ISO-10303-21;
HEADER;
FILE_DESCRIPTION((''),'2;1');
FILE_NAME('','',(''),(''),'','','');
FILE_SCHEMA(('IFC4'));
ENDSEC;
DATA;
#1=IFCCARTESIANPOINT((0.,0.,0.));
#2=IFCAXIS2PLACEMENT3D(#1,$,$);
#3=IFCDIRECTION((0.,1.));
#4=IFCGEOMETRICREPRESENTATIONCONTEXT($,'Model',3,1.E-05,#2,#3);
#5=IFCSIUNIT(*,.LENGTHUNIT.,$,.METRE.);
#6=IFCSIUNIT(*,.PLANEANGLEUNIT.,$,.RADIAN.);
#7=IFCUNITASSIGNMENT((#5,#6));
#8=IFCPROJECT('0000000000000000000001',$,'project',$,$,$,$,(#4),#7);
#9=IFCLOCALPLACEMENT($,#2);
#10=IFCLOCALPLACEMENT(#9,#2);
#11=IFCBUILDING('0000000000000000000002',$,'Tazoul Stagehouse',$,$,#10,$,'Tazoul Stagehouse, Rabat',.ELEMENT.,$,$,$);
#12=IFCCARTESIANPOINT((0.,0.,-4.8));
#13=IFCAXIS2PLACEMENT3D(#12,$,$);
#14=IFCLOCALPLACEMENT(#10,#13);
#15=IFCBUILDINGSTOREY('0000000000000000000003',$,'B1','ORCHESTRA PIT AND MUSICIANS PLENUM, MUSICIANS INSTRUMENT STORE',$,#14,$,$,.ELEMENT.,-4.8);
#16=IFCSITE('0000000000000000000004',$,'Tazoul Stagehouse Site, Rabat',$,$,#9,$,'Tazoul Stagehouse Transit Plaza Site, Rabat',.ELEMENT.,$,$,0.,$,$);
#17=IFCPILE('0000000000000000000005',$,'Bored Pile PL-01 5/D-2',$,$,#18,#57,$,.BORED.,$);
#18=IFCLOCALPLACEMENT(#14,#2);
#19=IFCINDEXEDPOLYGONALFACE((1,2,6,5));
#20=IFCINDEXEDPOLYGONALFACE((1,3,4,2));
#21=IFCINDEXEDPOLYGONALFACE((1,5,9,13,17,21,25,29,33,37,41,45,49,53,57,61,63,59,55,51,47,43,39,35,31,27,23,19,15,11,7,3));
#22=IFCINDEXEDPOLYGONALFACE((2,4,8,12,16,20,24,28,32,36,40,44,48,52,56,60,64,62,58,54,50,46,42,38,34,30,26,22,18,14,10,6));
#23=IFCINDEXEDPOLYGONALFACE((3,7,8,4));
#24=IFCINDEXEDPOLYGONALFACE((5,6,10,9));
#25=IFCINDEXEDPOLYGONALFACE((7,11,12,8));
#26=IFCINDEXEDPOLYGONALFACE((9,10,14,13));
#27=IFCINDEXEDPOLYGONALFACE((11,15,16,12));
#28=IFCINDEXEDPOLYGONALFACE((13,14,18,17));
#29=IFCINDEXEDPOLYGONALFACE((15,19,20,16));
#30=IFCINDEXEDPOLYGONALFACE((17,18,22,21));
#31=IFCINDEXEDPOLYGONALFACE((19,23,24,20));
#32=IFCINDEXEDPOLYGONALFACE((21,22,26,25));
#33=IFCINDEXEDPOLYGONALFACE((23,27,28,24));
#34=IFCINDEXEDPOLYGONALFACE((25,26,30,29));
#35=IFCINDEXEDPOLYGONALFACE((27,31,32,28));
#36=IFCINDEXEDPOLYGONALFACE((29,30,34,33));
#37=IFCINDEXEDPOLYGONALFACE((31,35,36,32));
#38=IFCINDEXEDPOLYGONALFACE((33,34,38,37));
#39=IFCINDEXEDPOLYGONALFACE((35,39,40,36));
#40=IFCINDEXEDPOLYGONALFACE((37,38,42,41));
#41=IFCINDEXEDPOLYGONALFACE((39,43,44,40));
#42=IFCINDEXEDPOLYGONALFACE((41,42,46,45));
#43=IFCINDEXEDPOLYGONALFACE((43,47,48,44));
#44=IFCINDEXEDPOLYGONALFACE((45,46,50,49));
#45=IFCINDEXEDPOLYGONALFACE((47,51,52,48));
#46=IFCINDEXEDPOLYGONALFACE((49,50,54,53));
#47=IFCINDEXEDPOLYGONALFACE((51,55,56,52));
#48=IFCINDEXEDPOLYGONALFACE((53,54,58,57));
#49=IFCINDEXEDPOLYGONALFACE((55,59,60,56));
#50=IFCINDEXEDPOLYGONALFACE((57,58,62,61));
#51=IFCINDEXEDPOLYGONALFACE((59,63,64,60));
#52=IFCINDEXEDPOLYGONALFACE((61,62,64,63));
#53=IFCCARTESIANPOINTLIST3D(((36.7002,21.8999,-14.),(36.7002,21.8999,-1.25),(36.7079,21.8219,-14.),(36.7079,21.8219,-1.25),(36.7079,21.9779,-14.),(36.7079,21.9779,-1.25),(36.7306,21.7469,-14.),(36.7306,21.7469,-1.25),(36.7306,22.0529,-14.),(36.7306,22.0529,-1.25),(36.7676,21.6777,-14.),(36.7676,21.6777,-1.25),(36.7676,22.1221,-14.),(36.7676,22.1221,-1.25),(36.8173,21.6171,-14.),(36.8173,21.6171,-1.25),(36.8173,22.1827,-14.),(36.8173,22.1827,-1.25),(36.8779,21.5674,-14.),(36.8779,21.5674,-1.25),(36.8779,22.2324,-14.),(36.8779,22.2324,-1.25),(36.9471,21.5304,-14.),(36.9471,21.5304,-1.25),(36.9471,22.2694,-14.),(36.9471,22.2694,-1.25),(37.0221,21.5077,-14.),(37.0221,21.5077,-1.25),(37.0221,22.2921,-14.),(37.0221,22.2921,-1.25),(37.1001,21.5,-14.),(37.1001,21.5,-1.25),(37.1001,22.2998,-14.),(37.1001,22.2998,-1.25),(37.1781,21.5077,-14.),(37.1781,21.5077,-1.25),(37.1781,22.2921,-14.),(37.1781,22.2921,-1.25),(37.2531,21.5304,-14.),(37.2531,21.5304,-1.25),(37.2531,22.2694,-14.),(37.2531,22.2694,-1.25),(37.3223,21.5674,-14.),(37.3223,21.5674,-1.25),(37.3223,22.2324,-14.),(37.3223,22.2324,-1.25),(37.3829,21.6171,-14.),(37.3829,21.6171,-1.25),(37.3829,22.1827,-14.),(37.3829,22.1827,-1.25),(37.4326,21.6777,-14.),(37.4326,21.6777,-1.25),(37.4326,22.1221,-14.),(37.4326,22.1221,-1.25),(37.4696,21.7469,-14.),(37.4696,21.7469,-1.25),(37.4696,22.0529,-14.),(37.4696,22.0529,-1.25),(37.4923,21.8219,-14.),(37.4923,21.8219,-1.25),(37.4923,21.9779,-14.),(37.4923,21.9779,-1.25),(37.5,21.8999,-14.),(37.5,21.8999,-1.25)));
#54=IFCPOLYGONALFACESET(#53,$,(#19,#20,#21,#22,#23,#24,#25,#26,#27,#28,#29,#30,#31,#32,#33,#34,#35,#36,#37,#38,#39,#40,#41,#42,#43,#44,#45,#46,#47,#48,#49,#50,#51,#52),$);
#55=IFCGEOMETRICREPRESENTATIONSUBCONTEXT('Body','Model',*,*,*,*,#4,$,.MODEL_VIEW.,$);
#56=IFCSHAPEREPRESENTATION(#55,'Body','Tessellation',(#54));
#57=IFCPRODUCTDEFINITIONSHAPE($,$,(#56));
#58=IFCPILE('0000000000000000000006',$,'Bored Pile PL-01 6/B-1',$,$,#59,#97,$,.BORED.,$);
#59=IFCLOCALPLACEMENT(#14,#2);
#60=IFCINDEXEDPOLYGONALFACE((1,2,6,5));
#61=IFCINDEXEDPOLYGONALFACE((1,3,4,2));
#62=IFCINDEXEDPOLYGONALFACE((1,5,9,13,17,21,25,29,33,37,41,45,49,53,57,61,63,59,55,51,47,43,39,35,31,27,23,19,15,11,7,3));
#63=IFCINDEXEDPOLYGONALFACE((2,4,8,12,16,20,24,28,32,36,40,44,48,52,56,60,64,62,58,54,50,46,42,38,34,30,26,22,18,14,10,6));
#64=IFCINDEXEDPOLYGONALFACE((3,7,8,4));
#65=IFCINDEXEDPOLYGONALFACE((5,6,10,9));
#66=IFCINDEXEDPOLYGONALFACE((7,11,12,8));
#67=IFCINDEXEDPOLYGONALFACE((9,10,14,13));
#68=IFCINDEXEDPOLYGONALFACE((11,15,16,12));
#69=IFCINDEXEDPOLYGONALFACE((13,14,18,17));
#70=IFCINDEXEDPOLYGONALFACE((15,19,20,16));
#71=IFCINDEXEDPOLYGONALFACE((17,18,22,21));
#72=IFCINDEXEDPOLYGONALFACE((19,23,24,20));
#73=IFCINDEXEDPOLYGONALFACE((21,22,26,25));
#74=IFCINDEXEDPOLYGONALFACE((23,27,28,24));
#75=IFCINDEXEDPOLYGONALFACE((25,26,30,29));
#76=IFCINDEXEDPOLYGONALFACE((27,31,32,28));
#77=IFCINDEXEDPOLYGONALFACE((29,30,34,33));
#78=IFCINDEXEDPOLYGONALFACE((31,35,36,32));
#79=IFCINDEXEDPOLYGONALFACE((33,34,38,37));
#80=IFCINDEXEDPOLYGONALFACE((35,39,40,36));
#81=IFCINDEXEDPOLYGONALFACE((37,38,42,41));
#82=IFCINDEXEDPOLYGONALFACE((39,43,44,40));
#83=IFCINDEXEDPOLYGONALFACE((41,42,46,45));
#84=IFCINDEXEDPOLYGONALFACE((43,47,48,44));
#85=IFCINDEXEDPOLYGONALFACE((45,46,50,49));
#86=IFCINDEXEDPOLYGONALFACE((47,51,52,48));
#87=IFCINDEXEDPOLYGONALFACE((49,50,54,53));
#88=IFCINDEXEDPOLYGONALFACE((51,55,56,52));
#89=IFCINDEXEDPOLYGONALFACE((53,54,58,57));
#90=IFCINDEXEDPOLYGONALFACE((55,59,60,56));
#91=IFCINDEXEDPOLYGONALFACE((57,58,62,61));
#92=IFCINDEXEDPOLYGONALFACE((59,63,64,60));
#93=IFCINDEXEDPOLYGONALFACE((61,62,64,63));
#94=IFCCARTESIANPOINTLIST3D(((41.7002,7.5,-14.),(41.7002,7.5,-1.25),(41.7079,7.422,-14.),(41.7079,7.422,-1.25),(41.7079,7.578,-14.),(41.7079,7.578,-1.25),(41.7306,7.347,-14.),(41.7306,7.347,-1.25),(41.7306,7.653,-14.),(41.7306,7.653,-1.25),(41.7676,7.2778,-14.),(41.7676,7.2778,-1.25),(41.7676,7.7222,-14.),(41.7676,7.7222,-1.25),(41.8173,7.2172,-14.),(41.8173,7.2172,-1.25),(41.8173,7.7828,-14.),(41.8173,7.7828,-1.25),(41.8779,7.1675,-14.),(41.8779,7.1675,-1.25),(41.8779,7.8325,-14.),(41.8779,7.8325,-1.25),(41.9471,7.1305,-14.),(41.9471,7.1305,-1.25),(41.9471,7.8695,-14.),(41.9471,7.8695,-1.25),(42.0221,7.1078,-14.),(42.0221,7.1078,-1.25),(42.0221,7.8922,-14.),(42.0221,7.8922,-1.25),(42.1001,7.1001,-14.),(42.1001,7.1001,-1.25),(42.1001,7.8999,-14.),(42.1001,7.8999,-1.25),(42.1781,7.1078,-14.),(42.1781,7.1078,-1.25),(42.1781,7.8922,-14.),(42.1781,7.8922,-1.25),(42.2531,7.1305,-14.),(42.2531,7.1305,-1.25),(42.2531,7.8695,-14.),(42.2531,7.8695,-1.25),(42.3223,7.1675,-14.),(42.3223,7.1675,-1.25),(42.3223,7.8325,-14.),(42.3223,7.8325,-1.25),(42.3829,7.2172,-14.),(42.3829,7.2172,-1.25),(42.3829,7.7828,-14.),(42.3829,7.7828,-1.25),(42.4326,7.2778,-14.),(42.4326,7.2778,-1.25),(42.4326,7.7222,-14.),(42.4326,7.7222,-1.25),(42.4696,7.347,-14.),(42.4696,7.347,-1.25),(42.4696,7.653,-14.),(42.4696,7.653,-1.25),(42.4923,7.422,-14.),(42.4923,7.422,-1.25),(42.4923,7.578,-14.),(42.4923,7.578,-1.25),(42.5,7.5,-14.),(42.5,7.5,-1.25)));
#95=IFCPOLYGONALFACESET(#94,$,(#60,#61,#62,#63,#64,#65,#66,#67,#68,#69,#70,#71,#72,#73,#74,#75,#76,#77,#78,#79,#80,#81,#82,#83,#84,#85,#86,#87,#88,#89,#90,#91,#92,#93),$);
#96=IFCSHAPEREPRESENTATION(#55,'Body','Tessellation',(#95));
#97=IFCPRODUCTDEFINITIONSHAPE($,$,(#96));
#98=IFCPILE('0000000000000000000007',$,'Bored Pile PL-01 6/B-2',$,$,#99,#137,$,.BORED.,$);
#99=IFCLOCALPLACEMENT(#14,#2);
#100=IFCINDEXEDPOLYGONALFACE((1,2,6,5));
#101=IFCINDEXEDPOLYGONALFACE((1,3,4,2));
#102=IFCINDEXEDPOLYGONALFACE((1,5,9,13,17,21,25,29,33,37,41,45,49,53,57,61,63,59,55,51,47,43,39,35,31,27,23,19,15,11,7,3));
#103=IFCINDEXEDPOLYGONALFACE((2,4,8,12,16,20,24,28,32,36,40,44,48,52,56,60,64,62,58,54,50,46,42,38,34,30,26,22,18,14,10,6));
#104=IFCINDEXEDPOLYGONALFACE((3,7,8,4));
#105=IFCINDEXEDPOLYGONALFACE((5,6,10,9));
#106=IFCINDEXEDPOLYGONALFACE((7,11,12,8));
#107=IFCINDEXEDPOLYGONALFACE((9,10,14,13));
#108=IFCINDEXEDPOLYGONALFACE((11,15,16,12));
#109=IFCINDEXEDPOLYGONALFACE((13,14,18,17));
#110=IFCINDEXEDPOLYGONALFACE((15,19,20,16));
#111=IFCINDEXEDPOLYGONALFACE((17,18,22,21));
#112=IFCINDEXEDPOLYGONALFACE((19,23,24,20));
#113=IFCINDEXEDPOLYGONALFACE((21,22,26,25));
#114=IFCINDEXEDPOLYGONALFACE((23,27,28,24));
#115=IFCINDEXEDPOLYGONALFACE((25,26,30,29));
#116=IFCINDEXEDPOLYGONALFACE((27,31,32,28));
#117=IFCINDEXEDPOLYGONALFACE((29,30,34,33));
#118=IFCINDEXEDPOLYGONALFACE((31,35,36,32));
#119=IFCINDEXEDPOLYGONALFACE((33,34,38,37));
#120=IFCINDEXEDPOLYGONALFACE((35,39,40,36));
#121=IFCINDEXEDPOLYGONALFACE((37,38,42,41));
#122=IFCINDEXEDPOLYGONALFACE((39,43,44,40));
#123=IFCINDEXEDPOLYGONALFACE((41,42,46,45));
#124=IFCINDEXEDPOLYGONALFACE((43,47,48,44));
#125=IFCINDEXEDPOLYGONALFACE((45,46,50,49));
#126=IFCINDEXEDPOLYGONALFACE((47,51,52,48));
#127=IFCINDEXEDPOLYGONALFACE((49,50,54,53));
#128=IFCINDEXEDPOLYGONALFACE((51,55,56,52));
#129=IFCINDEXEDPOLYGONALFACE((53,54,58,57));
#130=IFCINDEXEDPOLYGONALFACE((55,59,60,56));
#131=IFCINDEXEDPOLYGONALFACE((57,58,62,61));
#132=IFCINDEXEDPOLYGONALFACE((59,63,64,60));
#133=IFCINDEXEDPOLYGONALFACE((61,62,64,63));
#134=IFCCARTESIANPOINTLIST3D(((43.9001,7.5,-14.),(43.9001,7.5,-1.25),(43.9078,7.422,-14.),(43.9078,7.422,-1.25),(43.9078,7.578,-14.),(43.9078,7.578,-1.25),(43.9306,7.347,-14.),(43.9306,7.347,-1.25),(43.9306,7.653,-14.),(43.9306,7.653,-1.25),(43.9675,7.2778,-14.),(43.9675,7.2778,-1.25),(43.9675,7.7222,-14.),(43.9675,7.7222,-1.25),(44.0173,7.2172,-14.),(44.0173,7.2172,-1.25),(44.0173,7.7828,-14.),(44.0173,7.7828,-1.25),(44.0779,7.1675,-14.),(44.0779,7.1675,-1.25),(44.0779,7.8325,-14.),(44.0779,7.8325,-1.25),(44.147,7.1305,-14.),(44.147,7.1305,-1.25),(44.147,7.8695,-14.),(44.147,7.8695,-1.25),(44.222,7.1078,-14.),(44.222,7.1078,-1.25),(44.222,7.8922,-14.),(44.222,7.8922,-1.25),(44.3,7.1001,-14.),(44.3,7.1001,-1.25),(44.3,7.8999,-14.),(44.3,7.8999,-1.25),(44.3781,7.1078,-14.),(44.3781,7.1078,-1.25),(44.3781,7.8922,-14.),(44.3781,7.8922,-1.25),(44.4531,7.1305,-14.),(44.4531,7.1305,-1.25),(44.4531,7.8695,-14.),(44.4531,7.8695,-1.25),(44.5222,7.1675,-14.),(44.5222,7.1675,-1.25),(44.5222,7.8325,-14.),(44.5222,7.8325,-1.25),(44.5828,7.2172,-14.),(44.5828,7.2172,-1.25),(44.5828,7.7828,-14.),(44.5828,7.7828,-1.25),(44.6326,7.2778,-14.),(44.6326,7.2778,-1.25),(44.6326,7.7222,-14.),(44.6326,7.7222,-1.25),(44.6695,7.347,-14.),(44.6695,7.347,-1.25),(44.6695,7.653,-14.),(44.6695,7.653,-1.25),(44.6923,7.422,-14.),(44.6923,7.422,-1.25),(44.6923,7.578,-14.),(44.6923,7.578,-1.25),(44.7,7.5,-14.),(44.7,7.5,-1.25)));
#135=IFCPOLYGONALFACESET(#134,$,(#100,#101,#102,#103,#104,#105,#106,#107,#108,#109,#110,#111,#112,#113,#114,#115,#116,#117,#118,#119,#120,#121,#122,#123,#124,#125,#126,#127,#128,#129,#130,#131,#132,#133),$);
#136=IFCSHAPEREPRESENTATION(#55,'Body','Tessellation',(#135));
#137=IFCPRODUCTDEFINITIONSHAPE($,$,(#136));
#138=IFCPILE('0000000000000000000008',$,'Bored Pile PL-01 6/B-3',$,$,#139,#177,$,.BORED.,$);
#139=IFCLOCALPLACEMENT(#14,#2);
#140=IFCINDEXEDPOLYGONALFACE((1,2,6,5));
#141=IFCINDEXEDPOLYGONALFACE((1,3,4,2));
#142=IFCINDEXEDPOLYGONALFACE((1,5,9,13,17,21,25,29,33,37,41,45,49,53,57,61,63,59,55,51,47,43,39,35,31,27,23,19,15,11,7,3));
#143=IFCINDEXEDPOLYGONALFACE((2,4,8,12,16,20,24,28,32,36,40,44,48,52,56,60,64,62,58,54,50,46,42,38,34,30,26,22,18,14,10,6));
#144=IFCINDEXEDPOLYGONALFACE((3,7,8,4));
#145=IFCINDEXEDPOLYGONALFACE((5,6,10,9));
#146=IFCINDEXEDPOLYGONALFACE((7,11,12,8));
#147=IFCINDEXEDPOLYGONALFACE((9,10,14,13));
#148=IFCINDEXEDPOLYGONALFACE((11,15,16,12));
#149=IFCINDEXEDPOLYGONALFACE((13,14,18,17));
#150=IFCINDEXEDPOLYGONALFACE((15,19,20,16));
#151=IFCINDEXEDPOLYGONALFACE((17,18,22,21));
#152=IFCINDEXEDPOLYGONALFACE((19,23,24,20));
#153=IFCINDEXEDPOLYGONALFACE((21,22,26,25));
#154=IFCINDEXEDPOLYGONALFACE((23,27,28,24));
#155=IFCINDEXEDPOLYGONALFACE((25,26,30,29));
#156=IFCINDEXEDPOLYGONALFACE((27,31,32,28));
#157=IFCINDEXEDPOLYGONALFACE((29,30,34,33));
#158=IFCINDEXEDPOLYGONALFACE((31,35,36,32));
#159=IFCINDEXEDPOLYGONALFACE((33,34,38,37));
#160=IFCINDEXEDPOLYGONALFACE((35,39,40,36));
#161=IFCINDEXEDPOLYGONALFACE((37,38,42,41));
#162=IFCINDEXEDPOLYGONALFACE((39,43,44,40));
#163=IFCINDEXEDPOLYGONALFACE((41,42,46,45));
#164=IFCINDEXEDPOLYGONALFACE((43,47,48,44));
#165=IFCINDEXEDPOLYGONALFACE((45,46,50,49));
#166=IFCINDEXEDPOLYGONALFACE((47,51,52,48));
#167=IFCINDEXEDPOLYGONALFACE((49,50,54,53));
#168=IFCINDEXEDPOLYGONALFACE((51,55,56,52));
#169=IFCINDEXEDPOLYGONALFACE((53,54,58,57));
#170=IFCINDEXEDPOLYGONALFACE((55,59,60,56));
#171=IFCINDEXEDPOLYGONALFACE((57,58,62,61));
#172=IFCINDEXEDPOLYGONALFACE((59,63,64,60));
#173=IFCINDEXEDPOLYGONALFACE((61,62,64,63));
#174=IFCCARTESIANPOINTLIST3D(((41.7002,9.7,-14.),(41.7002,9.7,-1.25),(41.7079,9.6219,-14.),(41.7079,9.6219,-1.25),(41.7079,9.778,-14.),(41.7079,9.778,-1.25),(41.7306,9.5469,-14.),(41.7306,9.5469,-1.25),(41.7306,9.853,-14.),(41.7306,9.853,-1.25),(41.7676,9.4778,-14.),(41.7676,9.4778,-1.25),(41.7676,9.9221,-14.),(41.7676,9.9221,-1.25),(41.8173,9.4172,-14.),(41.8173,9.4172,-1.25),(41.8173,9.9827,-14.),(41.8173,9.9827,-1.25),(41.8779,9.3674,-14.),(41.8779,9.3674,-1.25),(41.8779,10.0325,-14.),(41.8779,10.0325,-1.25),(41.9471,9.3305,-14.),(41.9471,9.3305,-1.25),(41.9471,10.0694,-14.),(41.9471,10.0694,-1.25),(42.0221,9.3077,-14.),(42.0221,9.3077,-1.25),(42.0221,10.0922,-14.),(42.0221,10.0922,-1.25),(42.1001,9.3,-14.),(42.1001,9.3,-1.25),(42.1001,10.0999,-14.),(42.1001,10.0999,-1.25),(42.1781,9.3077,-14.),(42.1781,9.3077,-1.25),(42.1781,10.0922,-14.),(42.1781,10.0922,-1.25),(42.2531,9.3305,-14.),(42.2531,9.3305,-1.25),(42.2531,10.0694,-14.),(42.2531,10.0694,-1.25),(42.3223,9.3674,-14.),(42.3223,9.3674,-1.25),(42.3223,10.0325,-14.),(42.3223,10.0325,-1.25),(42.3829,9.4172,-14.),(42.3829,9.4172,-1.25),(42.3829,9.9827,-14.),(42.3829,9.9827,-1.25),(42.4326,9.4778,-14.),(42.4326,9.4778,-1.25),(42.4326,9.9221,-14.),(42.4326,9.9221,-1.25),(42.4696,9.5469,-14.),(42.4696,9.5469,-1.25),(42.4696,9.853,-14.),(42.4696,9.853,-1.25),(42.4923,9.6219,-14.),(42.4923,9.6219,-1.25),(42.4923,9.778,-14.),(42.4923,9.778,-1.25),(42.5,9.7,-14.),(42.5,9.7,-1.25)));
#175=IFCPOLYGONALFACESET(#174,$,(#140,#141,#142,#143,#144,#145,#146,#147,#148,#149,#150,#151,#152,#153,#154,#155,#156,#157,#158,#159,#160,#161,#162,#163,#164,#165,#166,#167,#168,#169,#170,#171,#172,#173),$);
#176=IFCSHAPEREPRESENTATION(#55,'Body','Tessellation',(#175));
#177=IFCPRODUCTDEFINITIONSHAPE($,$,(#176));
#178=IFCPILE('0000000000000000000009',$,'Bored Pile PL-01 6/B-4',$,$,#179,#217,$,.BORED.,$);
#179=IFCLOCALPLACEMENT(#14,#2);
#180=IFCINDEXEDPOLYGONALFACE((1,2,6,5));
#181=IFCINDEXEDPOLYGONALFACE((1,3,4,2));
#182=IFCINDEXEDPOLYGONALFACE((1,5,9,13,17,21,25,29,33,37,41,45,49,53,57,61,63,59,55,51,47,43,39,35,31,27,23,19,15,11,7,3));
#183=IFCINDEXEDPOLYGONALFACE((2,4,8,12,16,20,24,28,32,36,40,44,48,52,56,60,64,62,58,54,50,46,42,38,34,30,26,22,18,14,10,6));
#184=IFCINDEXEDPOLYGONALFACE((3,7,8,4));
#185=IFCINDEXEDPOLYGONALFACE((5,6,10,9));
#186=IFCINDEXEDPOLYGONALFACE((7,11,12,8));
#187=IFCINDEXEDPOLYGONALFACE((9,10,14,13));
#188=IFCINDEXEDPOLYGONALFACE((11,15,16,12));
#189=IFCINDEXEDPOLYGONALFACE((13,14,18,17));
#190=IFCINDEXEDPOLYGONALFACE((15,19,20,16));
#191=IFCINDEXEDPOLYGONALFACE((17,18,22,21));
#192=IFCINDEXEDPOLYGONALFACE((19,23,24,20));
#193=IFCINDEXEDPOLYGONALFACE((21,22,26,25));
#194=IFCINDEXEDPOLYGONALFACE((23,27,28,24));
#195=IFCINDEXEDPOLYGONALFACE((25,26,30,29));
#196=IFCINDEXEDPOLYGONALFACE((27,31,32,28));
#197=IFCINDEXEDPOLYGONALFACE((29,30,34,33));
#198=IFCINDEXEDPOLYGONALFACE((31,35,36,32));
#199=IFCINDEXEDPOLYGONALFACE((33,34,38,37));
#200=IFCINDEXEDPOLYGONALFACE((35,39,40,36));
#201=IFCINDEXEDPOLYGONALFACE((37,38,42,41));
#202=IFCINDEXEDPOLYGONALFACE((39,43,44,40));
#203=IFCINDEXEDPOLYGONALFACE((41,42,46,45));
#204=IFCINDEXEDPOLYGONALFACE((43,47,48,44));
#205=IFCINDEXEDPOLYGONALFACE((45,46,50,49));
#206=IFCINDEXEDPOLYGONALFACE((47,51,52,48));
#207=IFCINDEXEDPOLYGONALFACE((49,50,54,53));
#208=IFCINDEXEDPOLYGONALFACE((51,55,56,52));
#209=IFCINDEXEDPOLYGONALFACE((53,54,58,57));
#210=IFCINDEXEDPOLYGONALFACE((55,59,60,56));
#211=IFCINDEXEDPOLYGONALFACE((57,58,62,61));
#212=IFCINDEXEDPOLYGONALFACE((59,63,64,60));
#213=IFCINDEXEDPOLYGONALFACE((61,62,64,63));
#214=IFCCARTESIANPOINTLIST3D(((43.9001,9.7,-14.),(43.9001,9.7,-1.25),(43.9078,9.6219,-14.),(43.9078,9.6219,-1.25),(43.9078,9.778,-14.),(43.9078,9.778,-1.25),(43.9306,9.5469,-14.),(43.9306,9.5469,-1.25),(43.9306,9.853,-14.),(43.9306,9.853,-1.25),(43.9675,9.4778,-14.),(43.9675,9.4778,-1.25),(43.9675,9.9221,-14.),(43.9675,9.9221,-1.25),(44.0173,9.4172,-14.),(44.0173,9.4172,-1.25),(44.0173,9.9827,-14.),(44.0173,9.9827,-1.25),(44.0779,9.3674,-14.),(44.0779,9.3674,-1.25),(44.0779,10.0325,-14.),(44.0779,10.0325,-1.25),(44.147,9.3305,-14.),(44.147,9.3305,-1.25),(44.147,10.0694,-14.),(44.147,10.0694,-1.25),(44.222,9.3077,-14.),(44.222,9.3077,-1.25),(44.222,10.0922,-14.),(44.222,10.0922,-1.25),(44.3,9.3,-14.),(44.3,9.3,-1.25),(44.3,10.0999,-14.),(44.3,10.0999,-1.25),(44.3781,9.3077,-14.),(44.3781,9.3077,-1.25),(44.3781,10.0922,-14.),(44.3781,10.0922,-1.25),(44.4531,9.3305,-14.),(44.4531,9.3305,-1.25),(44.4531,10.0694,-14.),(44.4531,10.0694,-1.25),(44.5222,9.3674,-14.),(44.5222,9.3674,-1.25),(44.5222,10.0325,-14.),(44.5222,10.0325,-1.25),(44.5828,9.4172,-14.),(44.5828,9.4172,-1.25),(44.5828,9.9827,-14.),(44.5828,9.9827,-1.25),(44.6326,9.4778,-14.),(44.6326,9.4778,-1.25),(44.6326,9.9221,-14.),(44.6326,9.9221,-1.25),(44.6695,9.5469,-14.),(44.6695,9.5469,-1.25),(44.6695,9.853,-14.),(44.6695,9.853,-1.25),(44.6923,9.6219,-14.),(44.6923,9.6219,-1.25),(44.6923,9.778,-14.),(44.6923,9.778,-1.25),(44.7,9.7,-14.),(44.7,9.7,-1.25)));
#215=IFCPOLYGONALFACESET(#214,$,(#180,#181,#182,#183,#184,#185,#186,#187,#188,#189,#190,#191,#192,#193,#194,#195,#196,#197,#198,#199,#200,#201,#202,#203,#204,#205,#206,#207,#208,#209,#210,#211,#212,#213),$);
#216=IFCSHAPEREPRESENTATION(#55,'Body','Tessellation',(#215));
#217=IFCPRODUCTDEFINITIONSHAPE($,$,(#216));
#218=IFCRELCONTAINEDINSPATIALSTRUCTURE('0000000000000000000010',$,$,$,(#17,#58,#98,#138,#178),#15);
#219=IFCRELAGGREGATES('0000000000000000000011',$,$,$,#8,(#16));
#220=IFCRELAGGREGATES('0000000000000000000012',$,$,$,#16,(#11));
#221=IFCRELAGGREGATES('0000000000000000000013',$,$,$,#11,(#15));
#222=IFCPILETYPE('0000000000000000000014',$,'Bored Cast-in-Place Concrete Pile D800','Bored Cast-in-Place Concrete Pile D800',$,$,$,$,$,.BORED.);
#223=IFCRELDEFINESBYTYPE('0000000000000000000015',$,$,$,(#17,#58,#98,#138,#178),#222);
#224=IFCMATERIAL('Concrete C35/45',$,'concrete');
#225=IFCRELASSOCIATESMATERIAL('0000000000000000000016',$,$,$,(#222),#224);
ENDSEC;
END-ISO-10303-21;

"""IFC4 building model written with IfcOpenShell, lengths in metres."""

from ifc_helpers import new_model, si_unit, direction, frame, origin, origin_2d, place, context, subcontext, project, spatial, circle, extrude, material, material_profile, profile_set, type_object, element, save


model = new_model("IFC4")

# Units and contexts
model_context = context("Model", 3, precision=1e-05, world=origin(), true_north=direction((0.0, 1.0)))
body_context = subcontext(model_context, "Body", "Model", "MODEL_VIEW")
ifc_project = project(units=[si_unit("LENGTHUNIT", "METRE"), si_unit("PLANEANGLEUNIT", "RADIAN")], contexts=[model_context])

# Site, building, storey
site_placement = place(None, origin())
site = spatial("IfcSite", under=ifc_project, at=site_placement, Name="Tazoul Stagehouse Site, Rabat", LongName="Tazoul Stagehouse Transit Plaza Site, Rabat", CompositionType="ELEMENT", RefElevation=0.0)
building_placement = place(site_placement, origin())
building = spatial("IfcBuilding", under=site, at=building_placement, Name="Tazoul Stagehouse", LongName="Tazoul Stagehouse, Rabat", CompositionType="ELEMENT")
storey_placement = place(building_placement, frame((0.0, 0.0, -4.8)))
storey = spatial("IfcBuildingStorey", under=building, at=storey_placement, Name="B1", Description="ORCHESTRA PIT AND MUSICIANS PLENUM, MUSICIANS INSTRUMENT STORE", CompositionType="ELEMENT", Elevation=-4.8)

# Piles
ifc_material_1 = material(Name="Concrete C35/45", Category="concrete")
ifc_material_profile_1 = material_profile(ifc_material_1, circle(Radius=0.3999, at=origin_2d()), Name="BORED PILE 800")
ifc_profile_set_1 = profile_set([ifc_material_profile_1], Name="Concrete C35/45")
pile_type = type_object("IfcPileType", Name="Bored Cast-in-Place Concrete Pile D800", Description="Bored Cast-in-Place Concrete Pile D800", PredefinedType="BORED", material=ifc_profile_set_1)
for number, where, z_axis, x_axis, name in (
    (1, (37.1001, 21.8999, -1.25), (0.0, 0.0, -1.0), (1.0, 0.0, 0.0), "Bored Pile PL-01 5/D-2"),
    (2, (42.1001, 7.5, -1.25), (0.0, 0.0, -1.0), (1.0, 0.0, 0.0), "Bored Pile PL-01 6/B-1"),
    (3, (44.3, 7.5, -1.25), (0.0, 0.0, -1.0), (1.0, 0.0, 0.0), "Bored Pile PL-01 6/B-2"),
    (4, (42.1001, 9.7, -1.25), (0.0, 0.0, -1.0), (1.0, 0.0, 0.0), "Bored Pile PL-01 6/B-3"),
    (5, (44.3, 9.7, -1.25), (0.0, 0.0, -1.0), (1.0, 0.0, 0.0), "Bored Pile PL-01 6/B-4"),
):
    element("IfcPile", number, at=place(storey_placement, frame(where, z_axis=z_axis, x_axis=x_axis)), inside=storey, type_object=pile_type, Name=name, PredefinedType="BORED", context=body_context, shape_type="SweptSolid", body=[
        extrude(circle(Radius=0.3999, at=origin_2d()), origin(), (0.0, 0.0, 1.0), 12.75),
    ])

save(model, "model.ifc")
